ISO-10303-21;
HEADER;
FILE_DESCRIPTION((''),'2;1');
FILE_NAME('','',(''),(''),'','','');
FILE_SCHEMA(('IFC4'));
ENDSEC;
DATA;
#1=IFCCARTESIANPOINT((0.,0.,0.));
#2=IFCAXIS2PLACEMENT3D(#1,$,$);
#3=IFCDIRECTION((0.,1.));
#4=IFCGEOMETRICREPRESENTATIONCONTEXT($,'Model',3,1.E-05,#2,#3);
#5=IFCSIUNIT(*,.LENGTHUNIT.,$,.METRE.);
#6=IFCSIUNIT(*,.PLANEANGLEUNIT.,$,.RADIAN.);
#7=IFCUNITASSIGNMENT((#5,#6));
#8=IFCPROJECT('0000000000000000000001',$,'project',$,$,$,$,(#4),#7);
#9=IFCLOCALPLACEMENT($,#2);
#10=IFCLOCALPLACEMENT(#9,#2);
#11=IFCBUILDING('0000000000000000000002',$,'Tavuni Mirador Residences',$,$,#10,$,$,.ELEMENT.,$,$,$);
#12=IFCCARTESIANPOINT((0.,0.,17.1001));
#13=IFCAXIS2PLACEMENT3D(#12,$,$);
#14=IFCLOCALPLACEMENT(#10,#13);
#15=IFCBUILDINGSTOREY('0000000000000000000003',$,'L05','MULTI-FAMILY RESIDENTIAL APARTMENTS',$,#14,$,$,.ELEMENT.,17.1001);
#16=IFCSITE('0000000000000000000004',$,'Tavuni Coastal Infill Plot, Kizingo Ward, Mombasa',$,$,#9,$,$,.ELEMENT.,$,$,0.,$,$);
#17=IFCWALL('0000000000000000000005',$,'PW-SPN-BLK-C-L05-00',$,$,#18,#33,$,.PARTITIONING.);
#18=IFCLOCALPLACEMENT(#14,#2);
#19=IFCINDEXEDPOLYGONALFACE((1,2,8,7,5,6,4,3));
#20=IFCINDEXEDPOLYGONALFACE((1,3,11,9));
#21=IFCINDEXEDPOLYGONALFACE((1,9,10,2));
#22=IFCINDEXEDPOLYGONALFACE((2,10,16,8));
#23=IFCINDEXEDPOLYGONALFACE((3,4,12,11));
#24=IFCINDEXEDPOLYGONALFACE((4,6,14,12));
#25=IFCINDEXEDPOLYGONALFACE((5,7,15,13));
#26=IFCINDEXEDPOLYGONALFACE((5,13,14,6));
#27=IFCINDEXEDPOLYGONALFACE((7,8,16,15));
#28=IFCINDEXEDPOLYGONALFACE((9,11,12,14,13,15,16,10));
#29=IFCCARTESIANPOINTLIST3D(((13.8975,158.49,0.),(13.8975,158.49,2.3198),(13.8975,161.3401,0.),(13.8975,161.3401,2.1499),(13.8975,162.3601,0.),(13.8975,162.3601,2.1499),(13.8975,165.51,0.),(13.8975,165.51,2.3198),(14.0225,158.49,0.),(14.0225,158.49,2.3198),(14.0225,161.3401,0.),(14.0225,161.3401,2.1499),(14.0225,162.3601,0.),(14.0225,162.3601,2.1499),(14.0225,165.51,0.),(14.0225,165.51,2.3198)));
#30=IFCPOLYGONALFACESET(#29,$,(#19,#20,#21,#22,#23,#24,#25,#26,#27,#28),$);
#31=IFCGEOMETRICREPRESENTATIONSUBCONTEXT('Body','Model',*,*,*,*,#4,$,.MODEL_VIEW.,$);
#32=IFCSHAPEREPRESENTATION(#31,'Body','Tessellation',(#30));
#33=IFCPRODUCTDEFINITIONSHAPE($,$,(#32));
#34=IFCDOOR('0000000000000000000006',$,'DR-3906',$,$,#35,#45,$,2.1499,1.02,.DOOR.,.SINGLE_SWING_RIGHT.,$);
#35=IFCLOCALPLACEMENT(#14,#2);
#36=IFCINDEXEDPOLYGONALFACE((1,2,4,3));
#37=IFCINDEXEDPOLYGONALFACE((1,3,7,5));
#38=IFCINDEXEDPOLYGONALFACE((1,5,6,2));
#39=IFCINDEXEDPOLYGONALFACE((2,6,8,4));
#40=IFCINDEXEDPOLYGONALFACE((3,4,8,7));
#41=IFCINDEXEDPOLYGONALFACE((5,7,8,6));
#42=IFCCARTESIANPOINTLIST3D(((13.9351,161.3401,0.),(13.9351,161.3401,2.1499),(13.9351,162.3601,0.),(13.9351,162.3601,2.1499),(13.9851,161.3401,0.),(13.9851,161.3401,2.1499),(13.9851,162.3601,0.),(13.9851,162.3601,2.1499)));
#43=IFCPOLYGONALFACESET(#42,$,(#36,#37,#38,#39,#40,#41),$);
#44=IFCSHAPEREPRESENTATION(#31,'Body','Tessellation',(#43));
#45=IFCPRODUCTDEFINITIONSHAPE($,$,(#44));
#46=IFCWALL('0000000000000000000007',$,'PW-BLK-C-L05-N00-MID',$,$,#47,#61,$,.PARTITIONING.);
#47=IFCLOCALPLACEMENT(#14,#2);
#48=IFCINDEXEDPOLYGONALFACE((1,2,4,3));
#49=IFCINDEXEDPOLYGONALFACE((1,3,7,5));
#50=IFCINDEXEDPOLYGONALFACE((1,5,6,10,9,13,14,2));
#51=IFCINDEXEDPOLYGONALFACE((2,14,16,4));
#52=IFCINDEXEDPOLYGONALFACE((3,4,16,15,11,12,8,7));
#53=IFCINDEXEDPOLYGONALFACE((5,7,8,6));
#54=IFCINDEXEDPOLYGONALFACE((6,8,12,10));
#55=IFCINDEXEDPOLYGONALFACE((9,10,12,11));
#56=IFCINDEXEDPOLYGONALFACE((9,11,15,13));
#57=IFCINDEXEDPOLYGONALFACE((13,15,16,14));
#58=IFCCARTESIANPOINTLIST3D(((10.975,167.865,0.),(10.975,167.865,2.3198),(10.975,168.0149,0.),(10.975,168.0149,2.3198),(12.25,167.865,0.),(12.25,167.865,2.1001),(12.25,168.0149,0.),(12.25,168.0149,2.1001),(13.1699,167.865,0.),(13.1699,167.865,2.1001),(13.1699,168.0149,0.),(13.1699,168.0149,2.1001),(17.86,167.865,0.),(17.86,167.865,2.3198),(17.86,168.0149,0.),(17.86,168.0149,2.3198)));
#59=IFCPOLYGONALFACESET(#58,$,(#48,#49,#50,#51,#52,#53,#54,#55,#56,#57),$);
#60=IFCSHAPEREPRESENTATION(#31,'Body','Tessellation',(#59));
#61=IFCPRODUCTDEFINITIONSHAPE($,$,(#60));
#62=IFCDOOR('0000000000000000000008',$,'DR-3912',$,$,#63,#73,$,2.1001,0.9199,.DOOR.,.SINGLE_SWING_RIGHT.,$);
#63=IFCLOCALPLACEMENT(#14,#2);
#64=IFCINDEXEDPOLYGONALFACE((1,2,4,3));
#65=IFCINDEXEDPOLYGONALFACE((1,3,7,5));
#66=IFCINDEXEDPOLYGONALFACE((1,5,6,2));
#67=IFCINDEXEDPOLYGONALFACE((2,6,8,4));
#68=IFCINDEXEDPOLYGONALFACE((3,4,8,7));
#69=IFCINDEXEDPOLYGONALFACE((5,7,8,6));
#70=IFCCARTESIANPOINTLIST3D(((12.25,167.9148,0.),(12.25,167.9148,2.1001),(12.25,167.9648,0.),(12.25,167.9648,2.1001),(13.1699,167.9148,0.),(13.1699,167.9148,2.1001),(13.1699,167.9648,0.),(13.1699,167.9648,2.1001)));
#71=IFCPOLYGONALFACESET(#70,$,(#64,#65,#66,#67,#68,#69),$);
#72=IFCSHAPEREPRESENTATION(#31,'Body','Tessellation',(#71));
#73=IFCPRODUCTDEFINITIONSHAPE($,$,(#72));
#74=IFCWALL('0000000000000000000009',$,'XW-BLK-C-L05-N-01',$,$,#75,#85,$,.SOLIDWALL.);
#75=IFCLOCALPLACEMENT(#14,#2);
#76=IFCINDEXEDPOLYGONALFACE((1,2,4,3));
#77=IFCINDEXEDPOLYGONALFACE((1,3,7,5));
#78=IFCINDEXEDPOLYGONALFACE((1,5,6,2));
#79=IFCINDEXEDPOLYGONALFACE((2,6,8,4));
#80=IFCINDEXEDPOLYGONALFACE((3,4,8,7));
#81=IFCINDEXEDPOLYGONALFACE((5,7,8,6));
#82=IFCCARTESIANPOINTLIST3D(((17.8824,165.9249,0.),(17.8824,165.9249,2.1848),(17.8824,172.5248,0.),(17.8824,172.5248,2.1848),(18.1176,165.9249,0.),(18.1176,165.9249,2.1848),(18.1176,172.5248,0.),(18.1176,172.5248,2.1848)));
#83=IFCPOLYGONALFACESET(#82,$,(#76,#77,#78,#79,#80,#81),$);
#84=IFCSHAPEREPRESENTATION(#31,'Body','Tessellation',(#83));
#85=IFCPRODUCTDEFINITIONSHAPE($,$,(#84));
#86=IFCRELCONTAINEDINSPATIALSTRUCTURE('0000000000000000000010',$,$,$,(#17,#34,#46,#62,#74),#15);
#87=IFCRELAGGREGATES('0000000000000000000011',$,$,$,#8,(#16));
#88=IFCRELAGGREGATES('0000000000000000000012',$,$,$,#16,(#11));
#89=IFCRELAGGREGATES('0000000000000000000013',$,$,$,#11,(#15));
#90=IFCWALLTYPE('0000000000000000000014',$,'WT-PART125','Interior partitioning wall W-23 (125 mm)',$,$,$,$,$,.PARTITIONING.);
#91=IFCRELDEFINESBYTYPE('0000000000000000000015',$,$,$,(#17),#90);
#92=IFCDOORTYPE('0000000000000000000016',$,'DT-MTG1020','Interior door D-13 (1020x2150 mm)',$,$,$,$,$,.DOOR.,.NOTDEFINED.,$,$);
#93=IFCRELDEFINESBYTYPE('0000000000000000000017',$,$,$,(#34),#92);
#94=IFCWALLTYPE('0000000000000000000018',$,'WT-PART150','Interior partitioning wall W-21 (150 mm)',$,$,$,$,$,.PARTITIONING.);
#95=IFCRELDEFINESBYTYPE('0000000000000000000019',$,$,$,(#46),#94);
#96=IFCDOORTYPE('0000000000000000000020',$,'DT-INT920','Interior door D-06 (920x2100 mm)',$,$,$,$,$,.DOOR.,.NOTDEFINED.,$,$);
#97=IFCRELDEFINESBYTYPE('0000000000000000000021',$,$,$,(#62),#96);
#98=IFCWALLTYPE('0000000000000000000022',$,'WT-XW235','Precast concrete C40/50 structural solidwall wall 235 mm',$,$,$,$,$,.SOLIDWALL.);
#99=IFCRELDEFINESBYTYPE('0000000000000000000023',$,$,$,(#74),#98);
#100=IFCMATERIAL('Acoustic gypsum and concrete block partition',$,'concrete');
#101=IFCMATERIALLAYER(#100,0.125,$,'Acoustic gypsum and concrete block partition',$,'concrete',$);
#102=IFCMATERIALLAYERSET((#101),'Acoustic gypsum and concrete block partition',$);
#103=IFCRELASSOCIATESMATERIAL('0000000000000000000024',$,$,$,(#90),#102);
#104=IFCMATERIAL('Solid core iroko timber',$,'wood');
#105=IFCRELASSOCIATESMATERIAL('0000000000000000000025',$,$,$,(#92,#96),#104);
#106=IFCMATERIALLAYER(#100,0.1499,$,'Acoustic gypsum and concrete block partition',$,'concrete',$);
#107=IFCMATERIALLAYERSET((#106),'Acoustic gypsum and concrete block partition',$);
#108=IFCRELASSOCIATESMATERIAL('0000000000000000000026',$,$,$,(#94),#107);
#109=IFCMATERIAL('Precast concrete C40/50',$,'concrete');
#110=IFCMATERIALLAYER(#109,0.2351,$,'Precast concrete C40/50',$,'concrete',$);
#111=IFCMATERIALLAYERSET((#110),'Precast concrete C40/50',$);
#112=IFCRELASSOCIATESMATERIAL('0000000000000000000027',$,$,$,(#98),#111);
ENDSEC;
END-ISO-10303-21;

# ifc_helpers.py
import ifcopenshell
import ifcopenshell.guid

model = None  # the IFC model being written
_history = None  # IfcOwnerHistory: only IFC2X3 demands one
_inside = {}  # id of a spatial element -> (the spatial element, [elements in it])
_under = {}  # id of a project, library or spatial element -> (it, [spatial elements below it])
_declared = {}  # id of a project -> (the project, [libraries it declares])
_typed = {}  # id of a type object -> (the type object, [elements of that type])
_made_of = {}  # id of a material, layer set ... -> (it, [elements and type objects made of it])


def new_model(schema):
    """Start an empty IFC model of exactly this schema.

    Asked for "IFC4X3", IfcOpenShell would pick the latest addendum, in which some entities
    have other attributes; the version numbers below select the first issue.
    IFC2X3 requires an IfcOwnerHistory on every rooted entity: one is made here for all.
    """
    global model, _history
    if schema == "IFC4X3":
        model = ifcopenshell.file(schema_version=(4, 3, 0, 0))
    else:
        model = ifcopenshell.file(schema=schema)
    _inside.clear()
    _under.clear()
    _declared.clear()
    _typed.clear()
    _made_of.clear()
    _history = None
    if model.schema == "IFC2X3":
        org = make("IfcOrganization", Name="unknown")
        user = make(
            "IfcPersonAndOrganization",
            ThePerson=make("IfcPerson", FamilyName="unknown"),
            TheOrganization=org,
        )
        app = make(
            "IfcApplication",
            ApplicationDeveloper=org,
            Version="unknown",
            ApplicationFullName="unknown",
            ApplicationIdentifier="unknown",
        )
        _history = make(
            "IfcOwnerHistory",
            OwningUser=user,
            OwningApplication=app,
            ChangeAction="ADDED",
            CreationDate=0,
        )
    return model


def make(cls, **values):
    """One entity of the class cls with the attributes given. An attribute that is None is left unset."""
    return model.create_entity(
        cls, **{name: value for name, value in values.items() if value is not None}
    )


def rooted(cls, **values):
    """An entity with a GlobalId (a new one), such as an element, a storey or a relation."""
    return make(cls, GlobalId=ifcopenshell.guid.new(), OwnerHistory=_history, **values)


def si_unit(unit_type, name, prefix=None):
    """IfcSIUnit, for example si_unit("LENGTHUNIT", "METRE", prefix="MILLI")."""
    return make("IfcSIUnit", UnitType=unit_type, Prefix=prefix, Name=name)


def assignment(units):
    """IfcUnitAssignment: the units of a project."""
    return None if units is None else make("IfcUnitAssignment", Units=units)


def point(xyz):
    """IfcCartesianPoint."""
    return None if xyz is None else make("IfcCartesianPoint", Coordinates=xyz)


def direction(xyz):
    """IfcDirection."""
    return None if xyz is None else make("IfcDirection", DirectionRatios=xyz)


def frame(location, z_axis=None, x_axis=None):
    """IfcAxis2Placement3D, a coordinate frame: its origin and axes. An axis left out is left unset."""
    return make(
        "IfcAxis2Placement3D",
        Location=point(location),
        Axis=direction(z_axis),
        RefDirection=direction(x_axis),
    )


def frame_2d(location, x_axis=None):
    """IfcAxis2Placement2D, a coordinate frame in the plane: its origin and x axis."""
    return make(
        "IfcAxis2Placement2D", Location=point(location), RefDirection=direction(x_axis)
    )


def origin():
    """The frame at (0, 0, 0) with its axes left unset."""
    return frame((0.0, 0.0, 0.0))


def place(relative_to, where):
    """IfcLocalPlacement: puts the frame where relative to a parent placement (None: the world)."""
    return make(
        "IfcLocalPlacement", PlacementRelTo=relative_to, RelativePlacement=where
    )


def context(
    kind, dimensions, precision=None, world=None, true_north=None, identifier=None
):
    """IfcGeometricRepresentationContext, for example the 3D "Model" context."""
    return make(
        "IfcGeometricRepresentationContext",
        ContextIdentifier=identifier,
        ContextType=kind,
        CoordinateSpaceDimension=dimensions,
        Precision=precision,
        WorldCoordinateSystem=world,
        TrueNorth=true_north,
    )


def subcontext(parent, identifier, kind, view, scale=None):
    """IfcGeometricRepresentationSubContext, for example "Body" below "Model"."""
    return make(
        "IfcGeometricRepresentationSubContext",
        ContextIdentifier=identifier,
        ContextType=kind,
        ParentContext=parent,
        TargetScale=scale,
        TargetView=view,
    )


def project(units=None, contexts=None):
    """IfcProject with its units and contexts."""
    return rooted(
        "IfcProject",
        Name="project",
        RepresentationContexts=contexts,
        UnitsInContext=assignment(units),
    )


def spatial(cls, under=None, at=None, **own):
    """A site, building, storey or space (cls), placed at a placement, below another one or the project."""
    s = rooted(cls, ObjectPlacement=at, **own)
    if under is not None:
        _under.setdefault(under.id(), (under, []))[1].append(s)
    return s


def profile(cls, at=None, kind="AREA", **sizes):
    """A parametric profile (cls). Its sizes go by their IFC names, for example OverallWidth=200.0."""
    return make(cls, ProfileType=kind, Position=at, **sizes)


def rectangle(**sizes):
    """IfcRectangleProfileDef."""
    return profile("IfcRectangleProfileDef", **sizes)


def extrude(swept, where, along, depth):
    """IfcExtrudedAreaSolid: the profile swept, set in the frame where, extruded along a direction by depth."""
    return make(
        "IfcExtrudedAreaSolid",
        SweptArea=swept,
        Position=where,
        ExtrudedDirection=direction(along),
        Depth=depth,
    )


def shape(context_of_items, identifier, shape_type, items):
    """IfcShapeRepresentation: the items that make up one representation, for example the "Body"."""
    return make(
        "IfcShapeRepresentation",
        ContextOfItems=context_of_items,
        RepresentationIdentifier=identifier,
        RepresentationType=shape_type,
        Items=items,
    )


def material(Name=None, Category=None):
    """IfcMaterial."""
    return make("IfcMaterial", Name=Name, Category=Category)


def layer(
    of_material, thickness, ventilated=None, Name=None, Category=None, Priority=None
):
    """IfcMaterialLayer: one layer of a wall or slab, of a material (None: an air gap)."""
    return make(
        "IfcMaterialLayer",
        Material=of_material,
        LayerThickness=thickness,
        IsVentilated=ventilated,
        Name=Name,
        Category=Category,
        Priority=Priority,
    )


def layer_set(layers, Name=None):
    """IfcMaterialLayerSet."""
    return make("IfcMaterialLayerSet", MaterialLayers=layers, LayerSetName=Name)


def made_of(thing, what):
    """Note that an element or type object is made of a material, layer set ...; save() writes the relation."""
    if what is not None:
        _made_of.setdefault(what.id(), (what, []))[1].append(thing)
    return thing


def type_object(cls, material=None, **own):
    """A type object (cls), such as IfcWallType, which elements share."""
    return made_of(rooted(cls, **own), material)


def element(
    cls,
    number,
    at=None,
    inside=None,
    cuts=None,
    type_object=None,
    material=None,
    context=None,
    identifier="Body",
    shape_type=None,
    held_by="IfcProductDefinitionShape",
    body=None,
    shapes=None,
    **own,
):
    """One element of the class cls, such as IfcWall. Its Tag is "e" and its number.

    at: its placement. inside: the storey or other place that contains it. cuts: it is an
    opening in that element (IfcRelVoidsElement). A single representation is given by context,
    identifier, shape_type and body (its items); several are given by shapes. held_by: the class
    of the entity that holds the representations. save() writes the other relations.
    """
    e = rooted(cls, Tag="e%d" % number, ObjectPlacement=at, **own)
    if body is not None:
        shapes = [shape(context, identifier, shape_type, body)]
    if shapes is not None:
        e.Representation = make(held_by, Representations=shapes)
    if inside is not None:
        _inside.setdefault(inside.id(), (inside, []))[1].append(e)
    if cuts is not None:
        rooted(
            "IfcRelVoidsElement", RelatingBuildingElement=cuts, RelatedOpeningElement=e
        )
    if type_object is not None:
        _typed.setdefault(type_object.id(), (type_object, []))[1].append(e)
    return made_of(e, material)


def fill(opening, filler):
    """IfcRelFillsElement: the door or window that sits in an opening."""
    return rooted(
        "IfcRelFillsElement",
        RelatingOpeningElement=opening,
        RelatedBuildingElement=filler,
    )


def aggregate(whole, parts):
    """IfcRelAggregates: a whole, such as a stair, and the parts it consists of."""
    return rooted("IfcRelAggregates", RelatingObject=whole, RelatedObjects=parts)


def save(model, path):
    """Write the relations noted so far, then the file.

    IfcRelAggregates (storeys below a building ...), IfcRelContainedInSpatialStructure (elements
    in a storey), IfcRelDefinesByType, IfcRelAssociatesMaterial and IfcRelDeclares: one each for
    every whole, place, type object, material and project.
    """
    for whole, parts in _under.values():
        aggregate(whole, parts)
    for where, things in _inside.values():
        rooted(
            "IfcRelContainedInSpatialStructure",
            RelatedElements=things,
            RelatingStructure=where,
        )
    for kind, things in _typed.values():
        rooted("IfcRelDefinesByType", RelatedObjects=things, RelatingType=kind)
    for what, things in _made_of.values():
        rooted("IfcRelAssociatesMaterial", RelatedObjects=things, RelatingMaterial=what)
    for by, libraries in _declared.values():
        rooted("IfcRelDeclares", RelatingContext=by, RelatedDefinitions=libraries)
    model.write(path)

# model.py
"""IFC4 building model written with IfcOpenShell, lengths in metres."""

from ifc_helpers import new_model, si_unit, direction, frame, frame_2d, origin, place, context, subcontext, project, spatial, rectangle, extrude, material, layer, layer_set, type_object, element, fill, save


model = new_model("IFC4")

# Units and contexts
model_context = context("Model", 3, precision=1e-05, world=origin(), true_north=direction((0.0, 1.0)))
body_context = subcontext(model_context, "Body", "Model", "MODEL_VIEW")
ifc_project = project(units=[si_unit("LENGTHUNIT", "METRE"), si_unit("PLANEANGLEUNIT", "RADIAN")], contexts=[model_context])

# Site, building, storey
site_placement = place(None, origin())
site = spatial("IfcSite", under=ifc_project, at=site_placement, Name="Tavuni Coastal Infill Plot, Kizingo Ward, Mombasa", CompositionType="ELEMENT", RefElevation=0.0)
building_placement = place(site_placement, origin())
building = spatial("IfcBuilding", under=site, at=building_placement, Name="Tavuni Mirador Residences", CompositionType="ELEMENT")
storey_placement = place(building_placement, frame((0.0, 0.0, 17.1001)))
storey = spatial("IfcBuildingStorey", under=building, at=storey_placement, Name="L05", Description="MULTI-FAMILY RESIDENTIAL APARTMENTS", CompositionType="ELEMENT", Elevation=17.1001)

# Shared definitions
ifc_material_1 = material(Name="Precast concrete C40/50", Category="concrete")

# Shared definitions
ifc_material_2 = material(Name="Solid core iroko timber", Category="wood")

# Walls, openings, doors
ifc_material_3 = material(Name="Acoustic gypsum and concrete block partition", Category="concrete")
ifc_layer_1 = layer(ifc_material_3, 0.125, Name="Acoustic gypsum and concrete block partition", Category="concrete")
ifc_layer_set_1 = layer_set([ifc_layer_1], Name="Acoustic gypsum and concrete block partition")
wall_type_1 = type_object("IfcWallType", Name="WT-PART125", Description="Interior partitioning wall W-23 (125 mm)", PredefinedType="PARTITIONING", material=ifc_layer_set_1)
wall_1_placement = place(storey_placement, frame((13.96, 158.49, 0.0), z_axis=(0.0, 0.0, 1.0), x_axis=(0.0, 1.0, 0.0)))
wall_1 = element("IfcWall", 1, at=wall_1_placement, inside=storey, type_object=wall_type_1, Name="PW-SPN-BLK-C-L05-00", PredefinedType="PARTITIONING", context=body_context, shape_type="SweptSolid", body=[
    extrude(rectangle(XDim=7.02, YDim=0.125, at=frame_2d((3.51, 0.0))), origin(), (0.0, 0.0, 1.0), 2.3198),
])
opening_1_placement = place(wall_1_placement, frame((2.8501, 0.0, 0.0)))
opening_1 = element("IfcOpeningElement", 2, at=opening_1_placement, cuts=wall_1, PredefinedType="OPENING", context=body_context, shape_type="SweptSolid", body=[
    extrude(rectangle(XDim=1.02, YDim=2.1499, at=frame_2d((0.51, 1.075))), frame((0.0, 0.0725, 0.0), z_axis=(0.0, -1.0, 0.0), x_axis=(1.0, 0.0, 0.0)), (0.0, 0.0, 1.0), 0.145),
])
door_type_1 = type_object("IfcDoorType", Name="DT-MTG1020", Description="Interior door D-13 (1020x2150 mm)", OperationType="NOTDEFINED", PredefinedType="DOOR", material=ifc_material_2)
door_1_placement = place(opening_1_placement, origin())
door_1 = element("IfcDoor", 3, at=door_1_placement, inside=storey, type_object=door_type_1, Name="DR-3906", OperationType="SINGLE_SWING_RIGHT", OverallHeight=2.1499, OverallWidth=1.02, PredefinedType="DOOR", context=body_context, shape_type="SweptSolid", body=[
    extrude(rectangle(XDim=1.02, YDim=2.1499, at=frame_2d((0.51, 1.075))), frame((0.0, 0.0249, 0.0), z_axis=(0.0, -1.0, 0.0), x_axis=(1.0, 0.0, 0.0)), (0.0, 0.0, 1.0), 0.05),
])
fill(opening_1, door_1)
ifc_layer_2 = layer(ifc_material_3, 0.1499, Name="Acoustic gypsum and concrete block partition", Category="concrete")
ifc_layer_set_2 = layer_set([ifc_layer_2], Name="Acoustic gypsum and concrete block partition")
wall_type_2 = type_object("IfcWallType", Name="WT-PART150", Description="Interior partitioning wall W-21 (150 mm)", PredefinedType="PARTITIONING", material=ifc_layer_set_2)
wall_2_placement = place(storey_placement, frame((10.9751, 167.9399, 0.0), z_axis=(0.0, 0.0, 1.0), x_axis=(1.0, 0.0, 0.0)))
wall_2 = element("IfcWall", 4, at=wall_2_placement, inside=storey, type_object=wall_type_2, Name="PW-BLK-C-L05-N00-MID", PredefinedType="PARTITIONING", context=body_context, shape_type="SweptSolid", body=[
    extrude(rectangle(XDim=6.885, YDim=0.1499, at=frame_2d((3.4424, 0.0))), origin(), (0.0, 0.0, 1.0), 2.3198),
])
opening_2_placement = place(wall_2_placement, frame((1.2749, 0.0, 0.0)))
opening_2 = element("IfcOpeningElement", 5, at=opening_2_placement, cuts=wall_2, PredefinedType="OPENING", context=body_context, shape_type="SweptSolid", body=[
    extrude(rectangle(XDim=0.9199, YDim=2.1001, at=frame_2d((0.46, 1.05))), frame((0.0, 0.085, 0.0), z_axis=(0.0, -1.0, 0.0), x_axis=(1.0, 0.0, 0.0)), (0.0, 0.0, 1.0), 0.1699),
])
door_type_2 = type_object("IfcDoorType", Name="DT-INT920", Description="Interior door D-06 (920x2100 mm)", OperationType="NOTDEFINED", PredefinedType="DOOR", material=ifc_material_2)
door_2_placement = place(opening_2_placement, origin())
door_2 = element("IfcDoor", 6, at=door_2_placement, inside=storey, type_object=door_type_2, Name="DR-3912", OperationType="SINGLE_SWING_RIGHT", OverallHeight=2.1001, OverallWidth=0.9199, PredefinedType="DOOR", context=body_context, shape_type="SweptSolid", body=[
    extrude(rectangle(XDim=0.9199, YDim=2.1001, at=frame_2d((0.46, 1.05))), frame((0.0, 0.0249, 0.0), z_axis=(0.0, -1.0, 0.0), x_axis=(1.0, 0.0, 0.0)), (0.0, 0.0, 1.0), 0.05),
])
fill(opening_2, door_2)

# Wall
ifc_layer_3 = layer(ifc_material_1, 0.2351, Name="Precast concrete C40/50", Category="concrete")
ifc_layer_set_3 = layer_set([ifc_layer_3], Name="Precast concrete C40/50")
wall_type_3 = type_object("IfcWallType", Name="WT-XW235", Description="Precast concrete C40/50 structural solidwall wall 235 mm", PredefinedType="SOLIDWALL", material=ifc_layer_set_3)
wall_3_placement = place(storey_placement, frame((18.0, 165.925, 0.0), z_axis=(0.0, 0.0, 1.0), x_axis=(0.0, 1.0, 0.0)))
element("IfcWall", 7, at=wall_3_placement, inside=storey, type_object=wall_type_3, Name="XW-BLK-C-L05-N-01", PredefinedType="SOLIDWALL", context=body_context, shape_type="SweptSolid", body=[
    extrude(rectangle(XDim=6.5999, YDim=0.2351, at=frame_2d((3.2998, 0.0))), origin(), (0.0, 0.0, 1.0), 2.1848),
])

save(model, "model.ifc")
